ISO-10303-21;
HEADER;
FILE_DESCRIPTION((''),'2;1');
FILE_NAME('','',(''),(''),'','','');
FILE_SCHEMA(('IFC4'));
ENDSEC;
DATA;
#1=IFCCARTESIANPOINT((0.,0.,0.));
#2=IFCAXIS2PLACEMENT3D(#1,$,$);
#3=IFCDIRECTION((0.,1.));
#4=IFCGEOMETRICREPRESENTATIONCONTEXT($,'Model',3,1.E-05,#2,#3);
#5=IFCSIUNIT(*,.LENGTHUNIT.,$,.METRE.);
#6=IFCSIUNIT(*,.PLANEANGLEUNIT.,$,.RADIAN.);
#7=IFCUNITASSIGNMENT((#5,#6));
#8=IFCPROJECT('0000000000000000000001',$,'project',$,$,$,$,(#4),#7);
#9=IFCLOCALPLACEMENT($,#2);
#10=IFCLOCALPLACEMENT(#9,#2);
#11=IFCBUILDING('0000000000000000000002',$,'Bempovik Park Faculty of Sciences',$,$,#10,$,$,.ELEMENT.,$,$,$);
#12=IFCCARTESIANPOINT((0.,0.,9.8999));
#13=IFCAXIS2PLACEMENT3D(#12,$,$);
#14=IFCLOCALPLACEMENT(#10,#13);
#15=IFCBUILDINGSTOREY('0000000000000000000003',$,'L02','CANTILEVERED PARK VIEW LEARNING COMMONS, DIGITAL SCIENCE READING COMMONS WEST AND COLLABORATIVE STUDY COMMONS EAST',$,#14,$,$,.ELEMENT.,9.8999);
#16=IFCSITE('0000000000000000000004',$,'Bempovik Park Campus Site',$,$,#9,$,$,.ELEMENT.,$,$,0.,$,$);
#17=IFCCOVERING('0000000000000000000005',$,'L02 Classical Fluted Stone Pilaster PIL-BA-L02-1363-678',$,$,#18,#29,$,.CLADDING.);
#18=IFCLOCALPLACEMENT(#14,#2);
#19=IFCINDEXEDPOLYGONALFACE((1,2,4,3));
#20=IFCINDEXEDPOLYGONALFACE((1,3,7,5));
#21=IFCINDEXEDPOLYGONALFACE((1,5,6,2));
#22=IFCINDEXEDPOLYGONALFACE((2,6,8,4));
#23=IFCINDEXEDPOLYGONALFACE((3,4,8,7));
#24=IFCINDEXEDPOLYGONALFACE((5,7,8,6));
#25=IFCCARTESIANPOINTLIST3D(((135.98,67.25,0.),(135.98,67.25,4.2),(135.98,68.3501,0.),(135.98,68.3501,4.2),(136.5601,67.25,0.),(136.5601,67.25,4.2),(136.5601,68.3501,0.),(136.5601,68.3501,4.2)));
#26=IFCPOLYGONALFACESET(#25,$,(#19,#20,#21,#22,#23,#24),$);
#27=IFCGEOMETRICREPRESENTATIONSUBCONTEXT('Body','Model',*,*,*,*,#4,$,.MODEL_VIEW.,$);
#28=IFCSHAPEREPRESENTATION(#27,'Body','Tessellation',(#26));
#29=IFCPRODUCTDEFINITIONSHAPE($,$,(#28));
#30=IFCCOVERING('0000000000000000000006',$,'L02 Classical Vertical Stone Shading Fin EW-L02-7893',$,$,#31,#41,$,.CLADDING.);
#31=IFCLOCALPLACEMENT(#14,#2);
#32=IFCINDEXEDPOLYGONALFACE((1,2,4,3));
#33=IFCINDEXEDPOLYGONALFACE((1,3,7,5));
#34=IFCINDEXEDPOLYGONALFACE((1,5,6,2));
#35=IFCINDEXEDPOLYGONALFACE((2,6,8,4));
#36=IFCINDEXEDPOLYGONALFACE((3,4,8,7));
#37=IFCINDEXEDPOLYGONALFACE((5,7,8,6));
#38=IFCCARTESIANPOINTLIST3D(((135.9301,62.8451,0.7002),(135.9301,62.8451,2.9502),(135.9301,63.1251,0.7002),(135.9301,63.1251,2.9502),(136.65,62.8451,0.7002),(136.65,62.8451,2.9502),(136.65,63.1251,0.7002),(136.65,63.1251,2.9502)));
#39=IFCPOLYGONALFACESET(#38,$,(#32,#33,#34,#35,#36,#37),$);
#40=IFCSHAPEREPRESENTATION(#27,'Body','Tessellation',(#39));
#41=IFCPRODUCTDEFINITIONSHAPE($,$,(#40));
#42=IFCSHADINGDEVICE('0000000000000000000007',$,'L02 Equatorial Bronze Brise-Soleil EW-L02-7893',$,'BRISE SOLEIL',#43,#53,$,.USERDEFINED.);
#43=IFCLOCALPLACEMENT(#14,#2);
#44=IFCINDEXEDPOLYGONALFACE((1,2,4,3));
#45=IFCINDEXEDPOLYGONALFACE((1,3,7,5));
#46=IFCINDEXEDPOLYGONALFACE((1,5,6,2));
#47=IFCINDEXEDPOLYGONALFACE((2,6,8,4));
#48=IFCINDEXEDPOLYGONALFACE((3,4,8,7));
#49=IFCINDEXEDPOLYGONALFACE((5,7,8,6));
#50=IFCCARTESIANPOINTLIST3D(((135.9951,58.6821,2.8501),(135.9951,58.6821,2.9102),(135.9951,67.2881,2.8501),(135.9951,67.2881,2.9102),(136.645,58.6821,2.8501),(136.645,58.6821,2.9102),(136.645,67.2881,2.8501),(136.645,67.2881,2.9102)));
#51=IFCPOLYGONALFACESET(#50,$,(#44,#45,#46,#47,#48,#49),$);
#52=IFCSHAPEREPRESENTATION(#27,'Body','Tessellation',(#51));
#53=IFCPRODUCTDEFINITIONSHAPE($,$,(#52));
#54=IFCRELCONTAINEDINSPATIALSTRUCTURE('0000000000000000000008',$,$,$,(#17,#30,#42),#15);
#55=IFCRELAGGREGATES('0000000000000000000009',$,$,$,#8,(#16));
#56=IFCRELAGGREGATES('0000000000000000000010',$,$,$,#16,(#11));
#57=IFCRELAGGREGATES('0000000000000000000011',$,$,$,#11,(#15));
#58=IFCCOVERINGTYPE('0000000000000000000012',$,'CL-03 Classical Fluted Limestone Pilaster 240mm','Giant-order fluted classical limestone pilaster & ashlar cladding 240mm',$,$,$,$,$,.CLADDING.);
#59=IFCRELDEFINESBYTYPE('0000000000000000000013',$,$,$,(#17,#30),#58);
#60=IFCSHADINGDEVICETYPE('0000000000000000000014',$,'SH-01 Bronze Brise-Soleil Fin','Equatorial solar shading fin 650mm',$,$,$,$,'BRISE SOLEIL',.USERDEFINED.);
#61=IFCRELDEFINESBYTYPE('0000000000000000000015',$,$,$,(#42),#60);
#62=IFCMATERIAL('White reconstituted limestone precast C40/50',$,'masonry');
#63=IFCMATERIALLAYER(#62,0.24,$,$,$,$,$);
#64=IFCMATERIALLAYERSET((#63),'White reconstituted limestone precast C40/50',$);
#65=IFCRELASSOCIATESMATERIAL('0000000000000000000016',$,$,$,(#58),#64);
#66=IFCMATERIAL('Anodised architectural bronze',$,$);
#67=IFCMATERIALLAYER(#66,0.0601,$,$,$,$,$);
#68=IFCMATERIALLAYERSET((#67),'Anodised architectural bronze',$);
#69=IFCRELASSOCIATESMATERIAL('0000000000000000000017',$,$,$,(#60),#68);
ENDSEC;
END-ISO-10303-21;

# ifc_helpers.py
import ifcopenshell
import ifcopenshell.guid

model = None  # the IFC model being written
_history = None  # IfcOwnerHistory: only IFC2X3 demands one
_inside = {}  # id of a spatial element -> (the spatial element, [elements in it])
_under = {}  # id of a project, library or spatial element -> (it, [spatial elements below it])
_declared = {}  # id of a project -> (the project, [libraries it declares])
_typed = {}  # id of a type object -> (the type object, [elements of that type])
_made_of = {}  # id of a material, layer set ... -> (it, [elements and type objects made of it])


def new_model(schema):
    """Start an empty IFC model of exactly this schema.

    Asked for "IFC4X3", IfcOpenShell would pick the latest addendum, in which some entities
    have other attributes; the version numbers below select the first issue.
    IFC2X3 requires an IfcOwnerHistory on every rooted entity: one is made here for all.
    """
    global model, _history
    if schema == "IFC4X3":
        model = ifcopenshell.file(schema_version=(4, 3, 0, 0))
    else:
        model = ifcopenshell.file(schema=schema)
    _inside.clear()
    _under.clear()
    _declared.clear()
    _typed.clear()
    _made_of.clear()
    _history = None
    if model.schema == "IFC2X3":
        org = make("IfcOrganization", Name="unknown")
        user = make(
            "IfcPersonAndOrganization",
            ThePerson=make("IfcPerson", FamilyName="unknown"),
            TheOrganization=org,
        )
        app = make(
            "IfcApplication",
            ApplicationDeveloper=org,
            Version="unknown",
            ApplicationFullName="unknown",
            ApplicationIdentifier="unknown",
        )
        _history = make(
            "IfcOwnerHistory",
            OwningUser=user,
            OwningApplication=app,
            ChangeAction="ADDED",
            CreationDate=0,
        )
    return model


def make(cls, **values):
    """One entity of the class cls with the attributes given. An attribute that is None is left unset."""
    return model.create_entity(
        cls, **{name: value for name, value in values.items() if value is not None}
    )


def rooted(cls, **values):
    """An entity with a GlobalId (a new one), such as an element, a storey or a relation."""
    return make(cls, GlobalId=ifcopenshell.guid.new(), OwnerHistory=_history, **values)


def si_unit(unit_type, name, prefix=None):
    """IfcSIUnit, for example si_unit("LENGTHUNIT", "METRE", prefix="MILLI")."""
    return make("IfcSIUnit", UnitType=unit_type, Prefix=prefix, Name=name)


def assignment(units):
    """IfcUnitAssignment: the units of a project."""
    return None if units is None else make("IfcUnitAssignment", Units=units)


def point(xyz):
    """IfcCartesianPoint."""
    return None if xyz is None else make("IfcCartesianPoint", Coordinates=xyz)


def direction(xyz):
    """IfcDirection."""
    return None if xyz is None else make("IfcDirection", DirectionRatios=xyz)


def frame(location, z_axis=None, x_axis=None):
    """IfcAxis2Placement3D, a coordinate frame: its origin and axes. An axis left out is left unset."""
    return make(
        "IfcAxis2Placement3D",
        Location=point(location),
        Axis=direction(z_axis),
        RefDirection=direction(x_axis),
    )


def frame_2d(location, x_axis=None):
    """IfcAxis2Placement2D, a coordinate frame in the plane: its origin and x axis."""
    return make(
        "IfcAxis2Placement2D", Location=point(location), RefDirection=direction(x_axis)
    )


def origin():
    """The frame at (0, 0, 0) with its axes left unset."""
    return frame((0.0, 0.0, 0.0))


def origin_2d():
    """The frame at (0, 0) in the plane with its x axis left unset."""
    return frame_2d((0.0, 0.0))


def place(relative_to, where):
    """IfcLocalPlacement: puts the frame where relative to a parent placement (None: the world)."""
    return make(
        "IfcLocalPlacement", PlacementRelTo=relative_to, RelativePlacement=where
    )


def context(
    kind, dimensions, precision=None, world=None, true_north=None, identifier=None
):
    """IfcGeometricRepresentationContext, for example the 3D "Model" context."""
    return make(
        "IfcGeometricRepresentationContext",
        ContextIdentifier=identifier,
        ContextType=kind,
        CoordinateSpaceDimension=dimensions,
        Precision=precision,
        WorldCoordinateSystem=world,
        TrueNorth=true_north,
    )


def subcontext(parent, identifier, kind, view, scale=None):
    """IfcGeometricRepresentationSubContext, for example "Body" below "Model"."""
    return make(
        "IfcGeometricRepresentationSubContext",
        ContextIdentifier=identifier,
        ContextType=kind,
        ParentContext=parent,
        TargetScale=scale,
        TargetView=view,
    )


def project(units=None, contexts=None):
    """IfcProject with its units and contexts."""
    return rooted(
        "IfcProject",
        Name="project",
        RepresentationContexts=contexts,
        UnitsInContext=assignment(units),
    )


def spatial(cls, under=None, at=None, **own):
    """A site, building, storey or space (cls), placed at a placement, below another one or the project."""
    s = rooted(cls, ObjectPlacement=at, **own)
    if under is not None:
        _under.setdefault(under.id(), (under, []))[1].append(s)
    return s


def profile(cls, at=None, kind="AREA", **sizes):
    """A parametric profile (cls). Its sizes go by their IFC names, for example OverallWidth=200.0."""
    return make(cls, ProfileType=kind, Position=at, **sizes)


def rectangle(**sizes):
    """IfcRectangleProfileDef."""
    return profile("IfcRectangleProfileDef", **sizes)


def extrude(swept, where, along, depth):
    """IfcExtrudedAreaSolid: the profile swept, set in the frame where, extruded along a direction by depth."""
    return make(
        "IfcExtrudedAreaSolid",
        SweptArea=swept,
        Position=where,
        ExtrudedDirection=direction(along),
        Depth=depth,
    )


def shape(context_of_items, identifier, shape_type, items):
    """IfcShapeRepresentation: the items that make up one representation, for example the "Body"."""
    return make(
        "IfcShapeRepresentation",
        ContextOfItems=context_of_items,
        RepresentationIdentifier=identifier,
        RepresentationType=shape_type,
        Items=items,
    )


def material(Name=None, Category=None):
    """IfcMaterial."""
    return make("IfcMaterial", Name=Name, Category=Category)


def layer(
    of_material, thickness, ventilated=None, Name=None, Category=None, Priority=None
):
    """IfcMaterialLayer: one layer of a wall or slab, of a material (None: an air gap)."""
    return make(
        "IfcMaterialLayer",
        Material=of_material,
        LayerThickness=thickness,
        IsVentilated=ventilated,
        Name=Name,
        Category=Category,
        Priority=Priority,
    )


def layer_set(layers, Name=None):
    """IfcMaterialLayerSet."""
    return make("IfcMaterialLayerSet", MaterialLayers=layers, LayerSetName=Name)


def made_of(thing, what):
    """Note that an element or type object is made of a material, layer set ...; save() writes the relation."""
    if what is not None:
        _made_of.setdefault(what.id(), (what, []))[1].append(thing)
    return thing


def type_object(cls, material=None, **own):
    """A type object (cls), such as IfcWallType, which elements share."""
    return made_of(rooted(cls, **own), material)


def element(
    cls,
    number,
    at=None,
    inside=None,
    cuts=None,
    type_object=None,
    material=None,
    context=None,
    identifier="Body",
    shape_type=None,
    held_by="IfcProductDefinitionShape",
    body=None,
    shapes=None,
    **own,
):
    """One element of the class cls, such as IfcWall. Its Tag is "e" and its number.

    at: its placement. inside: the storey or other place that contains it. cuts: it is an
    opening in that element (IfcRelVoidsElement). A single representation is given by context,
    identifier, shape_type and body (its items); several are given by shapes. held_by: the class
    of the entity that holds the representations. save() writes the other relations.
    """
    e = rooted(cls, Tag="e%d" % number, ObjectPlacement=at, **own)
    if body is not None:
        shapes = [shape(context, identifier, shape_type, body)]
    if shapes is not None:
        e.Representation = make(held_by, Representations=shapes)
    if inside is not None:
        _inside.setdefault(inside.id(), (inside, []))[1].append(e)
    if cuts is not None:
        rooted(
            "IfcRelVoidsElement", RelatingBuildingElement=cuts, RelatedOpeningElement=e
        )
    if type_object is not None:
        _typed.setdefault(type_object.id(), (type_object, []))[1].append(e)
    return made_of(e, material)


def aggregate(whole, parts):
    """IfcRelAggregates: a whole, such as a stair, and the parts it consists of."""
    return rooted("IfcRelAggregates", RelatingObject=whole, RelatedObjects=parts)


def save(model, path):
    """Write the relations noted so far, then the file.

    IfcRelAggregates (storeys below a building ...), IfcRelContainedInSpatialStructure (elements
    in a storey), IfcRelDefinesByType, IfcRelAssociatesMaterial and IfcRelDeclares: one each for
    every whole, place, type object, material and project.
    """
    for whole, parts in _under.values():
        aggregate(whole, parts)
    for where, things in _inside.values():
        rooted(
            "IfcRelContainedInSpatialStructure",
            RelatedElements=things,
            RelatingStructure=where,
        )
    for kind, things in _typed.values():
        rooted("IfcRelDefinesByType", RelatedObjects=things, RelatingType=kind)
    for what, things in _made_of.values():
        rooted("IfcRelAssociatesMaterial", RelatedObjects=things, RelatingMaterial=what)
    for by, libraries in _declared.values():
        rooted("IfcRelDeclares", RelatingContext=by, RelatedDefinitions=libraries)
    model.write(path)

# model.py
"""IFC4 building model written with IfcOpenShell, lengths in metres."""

from ifc_helpers import new_model, si_unit, direction, frame, origin, origin_2d, place, context, subcontext, project, spatial, rectangle, extrude, material, layer, layer_set, type_object, element, save


model = new_model("IFC4")

# Units and contexts
model_context = context("Model", 3, precision=1e-05, world=origin(), true_north=direction((0.0, 1.0)))
body_context = subcontext(model_context, "Body", "Model", "MODEL_VIEW")
ifc_project = project(units=[si_unit("LENGTHUNIT", "METRE"), si_unit("PLANEANGLEUNIT", "RADIAN")], contexts=[model_context])

# Site, building, storey
site_placement = place(None, origin())
site = spatial("IfcSite", under=ifc_project, at=site_placement, Name="Bempovik Park Campus Site", CompositionType="ELEMENT", RefElevation=0.0)
building_placement = place(site_placement, origin())
building = spatial("IfcBuilding", under=site, at=building_placement, Name="Bempovik Park Faculty of Sciences", CompositionType="ELEMENT")
storey_placement = place(building_placement, frame((0.0, 0.0, 9.8999)))
storey = spatial("IfcBuildingStorey", under=building, at=storey_placement, Name="L02", Description="CANTILEVERED PARK VIEW LEARNING COMMONS, DIGITAL SCIENCE READING COMMONS WEST AND COLLABORATIVE STUDY COMMONS EAST", CompositionType="ELEMENT", Elevation=9.8999)

# Shared definitions
ifc_material_1 = material(Name="Anodised architectural bronze")

# Coverings
ifc_material_2 = material(Name="White reconstituted limestone precast C40/50", Category="masonry")
ifc_layer_1 = layer(ifc_material_2, 0.24)
ifc_layer_set_1 = layer_set([ifc_layer_1], Name="White reconstituted limestone precast C40/50")
covering_type_1 = type_object("IfcCoveringType", Name="CL-03 Classical Fluted Limestone Pilaster 240mm", Description="Giant-order fluted classical limestone pilaster & ashlar cladding 240mm", PredefinedType="CLADDING", material=ifc_layer_set_1)
covering_1_placement = place(storey_placement, frame((136.27, 67.8, 0.0), z_axis=(0.0, 0.0, 1.0), x_axis=(1.0, 0.0, 0.0)))
element("IfcCovering", 1, at=covering_1_placement, inside=storey, type_object=covering_type_1, Name="L02 Classical Fluted Stone Pilaster PIL-BA-L02-1363-678", PredefinedType="CLADDING", context=body_context, shape_type="SweptSolid", body=[
    extrude(rectangle(XDim=0.5801, YDim=1.1001, at=origin_2d()), origin(), (0.0, 0.0, 1.0), 4.2),
])
covering_2_placement = place(storey_placement, frame((136.29, 62.9851, 0.7002), z_axis=(0.0, 0.0, 1.0), x_axis=(1.0, 0.0, 0.0)))
element("IfcCovering", 2, at=covering_2_placement, inside=storey, type_object=covering_type_1, Name="L02 Classical Vertical Stone Shading Fin EW-L02-7893", PredefinedType="CLADDING", context=body_context, shape_type="SweptSolid", body=[
    extrude(rectangle(XDim=0.72, YDim=0.28, at=origin_2d()), origin(), (0.0, 0.0, 1.0), 2.25),
])

# Shading device
ifc_layer_2 = layer(ifc_material_1, 0.0601)
ifc_layer_set_2 = layer_set([ifc_layer_2], Name="Anodised architectural bronze")
shading_device_type = type_object("IfcShadingDeviceType", Name="SH-01 Bronze Brise-Soleil Fin", Description="Equatorial solar shading fin 650mm", ElementType="BRISE SOLEIL", PredefinedType="USERDEFINED", material=ifc_layer_set_2)
shading_device_placement = place(storey_placement, frame((136.3201, 62.9851, 2.8501), z_axis=(0.0, 0.0, 1.0), x_axis=(1.0, 0.0, 0.0)))
element("IfcShadingDevice", 3, at=shading_device_placement, inside=storey, type_object=shading_device_type, Name="L02 Equatorial Bronze Brise-Soleil EW-L02-7893", ObjectType="BRISE SOLEIL", PredefinedType="USERDEFINED", context=body_context, shape_type="SweptSolid", body=[
    extrude(rectangle(XDim=0.6499, YDim=8.606, at=origin_2d()), origin(), (0.0, 0.0, 1.0), 0.0601),
])

save(model, "model.ifc")
